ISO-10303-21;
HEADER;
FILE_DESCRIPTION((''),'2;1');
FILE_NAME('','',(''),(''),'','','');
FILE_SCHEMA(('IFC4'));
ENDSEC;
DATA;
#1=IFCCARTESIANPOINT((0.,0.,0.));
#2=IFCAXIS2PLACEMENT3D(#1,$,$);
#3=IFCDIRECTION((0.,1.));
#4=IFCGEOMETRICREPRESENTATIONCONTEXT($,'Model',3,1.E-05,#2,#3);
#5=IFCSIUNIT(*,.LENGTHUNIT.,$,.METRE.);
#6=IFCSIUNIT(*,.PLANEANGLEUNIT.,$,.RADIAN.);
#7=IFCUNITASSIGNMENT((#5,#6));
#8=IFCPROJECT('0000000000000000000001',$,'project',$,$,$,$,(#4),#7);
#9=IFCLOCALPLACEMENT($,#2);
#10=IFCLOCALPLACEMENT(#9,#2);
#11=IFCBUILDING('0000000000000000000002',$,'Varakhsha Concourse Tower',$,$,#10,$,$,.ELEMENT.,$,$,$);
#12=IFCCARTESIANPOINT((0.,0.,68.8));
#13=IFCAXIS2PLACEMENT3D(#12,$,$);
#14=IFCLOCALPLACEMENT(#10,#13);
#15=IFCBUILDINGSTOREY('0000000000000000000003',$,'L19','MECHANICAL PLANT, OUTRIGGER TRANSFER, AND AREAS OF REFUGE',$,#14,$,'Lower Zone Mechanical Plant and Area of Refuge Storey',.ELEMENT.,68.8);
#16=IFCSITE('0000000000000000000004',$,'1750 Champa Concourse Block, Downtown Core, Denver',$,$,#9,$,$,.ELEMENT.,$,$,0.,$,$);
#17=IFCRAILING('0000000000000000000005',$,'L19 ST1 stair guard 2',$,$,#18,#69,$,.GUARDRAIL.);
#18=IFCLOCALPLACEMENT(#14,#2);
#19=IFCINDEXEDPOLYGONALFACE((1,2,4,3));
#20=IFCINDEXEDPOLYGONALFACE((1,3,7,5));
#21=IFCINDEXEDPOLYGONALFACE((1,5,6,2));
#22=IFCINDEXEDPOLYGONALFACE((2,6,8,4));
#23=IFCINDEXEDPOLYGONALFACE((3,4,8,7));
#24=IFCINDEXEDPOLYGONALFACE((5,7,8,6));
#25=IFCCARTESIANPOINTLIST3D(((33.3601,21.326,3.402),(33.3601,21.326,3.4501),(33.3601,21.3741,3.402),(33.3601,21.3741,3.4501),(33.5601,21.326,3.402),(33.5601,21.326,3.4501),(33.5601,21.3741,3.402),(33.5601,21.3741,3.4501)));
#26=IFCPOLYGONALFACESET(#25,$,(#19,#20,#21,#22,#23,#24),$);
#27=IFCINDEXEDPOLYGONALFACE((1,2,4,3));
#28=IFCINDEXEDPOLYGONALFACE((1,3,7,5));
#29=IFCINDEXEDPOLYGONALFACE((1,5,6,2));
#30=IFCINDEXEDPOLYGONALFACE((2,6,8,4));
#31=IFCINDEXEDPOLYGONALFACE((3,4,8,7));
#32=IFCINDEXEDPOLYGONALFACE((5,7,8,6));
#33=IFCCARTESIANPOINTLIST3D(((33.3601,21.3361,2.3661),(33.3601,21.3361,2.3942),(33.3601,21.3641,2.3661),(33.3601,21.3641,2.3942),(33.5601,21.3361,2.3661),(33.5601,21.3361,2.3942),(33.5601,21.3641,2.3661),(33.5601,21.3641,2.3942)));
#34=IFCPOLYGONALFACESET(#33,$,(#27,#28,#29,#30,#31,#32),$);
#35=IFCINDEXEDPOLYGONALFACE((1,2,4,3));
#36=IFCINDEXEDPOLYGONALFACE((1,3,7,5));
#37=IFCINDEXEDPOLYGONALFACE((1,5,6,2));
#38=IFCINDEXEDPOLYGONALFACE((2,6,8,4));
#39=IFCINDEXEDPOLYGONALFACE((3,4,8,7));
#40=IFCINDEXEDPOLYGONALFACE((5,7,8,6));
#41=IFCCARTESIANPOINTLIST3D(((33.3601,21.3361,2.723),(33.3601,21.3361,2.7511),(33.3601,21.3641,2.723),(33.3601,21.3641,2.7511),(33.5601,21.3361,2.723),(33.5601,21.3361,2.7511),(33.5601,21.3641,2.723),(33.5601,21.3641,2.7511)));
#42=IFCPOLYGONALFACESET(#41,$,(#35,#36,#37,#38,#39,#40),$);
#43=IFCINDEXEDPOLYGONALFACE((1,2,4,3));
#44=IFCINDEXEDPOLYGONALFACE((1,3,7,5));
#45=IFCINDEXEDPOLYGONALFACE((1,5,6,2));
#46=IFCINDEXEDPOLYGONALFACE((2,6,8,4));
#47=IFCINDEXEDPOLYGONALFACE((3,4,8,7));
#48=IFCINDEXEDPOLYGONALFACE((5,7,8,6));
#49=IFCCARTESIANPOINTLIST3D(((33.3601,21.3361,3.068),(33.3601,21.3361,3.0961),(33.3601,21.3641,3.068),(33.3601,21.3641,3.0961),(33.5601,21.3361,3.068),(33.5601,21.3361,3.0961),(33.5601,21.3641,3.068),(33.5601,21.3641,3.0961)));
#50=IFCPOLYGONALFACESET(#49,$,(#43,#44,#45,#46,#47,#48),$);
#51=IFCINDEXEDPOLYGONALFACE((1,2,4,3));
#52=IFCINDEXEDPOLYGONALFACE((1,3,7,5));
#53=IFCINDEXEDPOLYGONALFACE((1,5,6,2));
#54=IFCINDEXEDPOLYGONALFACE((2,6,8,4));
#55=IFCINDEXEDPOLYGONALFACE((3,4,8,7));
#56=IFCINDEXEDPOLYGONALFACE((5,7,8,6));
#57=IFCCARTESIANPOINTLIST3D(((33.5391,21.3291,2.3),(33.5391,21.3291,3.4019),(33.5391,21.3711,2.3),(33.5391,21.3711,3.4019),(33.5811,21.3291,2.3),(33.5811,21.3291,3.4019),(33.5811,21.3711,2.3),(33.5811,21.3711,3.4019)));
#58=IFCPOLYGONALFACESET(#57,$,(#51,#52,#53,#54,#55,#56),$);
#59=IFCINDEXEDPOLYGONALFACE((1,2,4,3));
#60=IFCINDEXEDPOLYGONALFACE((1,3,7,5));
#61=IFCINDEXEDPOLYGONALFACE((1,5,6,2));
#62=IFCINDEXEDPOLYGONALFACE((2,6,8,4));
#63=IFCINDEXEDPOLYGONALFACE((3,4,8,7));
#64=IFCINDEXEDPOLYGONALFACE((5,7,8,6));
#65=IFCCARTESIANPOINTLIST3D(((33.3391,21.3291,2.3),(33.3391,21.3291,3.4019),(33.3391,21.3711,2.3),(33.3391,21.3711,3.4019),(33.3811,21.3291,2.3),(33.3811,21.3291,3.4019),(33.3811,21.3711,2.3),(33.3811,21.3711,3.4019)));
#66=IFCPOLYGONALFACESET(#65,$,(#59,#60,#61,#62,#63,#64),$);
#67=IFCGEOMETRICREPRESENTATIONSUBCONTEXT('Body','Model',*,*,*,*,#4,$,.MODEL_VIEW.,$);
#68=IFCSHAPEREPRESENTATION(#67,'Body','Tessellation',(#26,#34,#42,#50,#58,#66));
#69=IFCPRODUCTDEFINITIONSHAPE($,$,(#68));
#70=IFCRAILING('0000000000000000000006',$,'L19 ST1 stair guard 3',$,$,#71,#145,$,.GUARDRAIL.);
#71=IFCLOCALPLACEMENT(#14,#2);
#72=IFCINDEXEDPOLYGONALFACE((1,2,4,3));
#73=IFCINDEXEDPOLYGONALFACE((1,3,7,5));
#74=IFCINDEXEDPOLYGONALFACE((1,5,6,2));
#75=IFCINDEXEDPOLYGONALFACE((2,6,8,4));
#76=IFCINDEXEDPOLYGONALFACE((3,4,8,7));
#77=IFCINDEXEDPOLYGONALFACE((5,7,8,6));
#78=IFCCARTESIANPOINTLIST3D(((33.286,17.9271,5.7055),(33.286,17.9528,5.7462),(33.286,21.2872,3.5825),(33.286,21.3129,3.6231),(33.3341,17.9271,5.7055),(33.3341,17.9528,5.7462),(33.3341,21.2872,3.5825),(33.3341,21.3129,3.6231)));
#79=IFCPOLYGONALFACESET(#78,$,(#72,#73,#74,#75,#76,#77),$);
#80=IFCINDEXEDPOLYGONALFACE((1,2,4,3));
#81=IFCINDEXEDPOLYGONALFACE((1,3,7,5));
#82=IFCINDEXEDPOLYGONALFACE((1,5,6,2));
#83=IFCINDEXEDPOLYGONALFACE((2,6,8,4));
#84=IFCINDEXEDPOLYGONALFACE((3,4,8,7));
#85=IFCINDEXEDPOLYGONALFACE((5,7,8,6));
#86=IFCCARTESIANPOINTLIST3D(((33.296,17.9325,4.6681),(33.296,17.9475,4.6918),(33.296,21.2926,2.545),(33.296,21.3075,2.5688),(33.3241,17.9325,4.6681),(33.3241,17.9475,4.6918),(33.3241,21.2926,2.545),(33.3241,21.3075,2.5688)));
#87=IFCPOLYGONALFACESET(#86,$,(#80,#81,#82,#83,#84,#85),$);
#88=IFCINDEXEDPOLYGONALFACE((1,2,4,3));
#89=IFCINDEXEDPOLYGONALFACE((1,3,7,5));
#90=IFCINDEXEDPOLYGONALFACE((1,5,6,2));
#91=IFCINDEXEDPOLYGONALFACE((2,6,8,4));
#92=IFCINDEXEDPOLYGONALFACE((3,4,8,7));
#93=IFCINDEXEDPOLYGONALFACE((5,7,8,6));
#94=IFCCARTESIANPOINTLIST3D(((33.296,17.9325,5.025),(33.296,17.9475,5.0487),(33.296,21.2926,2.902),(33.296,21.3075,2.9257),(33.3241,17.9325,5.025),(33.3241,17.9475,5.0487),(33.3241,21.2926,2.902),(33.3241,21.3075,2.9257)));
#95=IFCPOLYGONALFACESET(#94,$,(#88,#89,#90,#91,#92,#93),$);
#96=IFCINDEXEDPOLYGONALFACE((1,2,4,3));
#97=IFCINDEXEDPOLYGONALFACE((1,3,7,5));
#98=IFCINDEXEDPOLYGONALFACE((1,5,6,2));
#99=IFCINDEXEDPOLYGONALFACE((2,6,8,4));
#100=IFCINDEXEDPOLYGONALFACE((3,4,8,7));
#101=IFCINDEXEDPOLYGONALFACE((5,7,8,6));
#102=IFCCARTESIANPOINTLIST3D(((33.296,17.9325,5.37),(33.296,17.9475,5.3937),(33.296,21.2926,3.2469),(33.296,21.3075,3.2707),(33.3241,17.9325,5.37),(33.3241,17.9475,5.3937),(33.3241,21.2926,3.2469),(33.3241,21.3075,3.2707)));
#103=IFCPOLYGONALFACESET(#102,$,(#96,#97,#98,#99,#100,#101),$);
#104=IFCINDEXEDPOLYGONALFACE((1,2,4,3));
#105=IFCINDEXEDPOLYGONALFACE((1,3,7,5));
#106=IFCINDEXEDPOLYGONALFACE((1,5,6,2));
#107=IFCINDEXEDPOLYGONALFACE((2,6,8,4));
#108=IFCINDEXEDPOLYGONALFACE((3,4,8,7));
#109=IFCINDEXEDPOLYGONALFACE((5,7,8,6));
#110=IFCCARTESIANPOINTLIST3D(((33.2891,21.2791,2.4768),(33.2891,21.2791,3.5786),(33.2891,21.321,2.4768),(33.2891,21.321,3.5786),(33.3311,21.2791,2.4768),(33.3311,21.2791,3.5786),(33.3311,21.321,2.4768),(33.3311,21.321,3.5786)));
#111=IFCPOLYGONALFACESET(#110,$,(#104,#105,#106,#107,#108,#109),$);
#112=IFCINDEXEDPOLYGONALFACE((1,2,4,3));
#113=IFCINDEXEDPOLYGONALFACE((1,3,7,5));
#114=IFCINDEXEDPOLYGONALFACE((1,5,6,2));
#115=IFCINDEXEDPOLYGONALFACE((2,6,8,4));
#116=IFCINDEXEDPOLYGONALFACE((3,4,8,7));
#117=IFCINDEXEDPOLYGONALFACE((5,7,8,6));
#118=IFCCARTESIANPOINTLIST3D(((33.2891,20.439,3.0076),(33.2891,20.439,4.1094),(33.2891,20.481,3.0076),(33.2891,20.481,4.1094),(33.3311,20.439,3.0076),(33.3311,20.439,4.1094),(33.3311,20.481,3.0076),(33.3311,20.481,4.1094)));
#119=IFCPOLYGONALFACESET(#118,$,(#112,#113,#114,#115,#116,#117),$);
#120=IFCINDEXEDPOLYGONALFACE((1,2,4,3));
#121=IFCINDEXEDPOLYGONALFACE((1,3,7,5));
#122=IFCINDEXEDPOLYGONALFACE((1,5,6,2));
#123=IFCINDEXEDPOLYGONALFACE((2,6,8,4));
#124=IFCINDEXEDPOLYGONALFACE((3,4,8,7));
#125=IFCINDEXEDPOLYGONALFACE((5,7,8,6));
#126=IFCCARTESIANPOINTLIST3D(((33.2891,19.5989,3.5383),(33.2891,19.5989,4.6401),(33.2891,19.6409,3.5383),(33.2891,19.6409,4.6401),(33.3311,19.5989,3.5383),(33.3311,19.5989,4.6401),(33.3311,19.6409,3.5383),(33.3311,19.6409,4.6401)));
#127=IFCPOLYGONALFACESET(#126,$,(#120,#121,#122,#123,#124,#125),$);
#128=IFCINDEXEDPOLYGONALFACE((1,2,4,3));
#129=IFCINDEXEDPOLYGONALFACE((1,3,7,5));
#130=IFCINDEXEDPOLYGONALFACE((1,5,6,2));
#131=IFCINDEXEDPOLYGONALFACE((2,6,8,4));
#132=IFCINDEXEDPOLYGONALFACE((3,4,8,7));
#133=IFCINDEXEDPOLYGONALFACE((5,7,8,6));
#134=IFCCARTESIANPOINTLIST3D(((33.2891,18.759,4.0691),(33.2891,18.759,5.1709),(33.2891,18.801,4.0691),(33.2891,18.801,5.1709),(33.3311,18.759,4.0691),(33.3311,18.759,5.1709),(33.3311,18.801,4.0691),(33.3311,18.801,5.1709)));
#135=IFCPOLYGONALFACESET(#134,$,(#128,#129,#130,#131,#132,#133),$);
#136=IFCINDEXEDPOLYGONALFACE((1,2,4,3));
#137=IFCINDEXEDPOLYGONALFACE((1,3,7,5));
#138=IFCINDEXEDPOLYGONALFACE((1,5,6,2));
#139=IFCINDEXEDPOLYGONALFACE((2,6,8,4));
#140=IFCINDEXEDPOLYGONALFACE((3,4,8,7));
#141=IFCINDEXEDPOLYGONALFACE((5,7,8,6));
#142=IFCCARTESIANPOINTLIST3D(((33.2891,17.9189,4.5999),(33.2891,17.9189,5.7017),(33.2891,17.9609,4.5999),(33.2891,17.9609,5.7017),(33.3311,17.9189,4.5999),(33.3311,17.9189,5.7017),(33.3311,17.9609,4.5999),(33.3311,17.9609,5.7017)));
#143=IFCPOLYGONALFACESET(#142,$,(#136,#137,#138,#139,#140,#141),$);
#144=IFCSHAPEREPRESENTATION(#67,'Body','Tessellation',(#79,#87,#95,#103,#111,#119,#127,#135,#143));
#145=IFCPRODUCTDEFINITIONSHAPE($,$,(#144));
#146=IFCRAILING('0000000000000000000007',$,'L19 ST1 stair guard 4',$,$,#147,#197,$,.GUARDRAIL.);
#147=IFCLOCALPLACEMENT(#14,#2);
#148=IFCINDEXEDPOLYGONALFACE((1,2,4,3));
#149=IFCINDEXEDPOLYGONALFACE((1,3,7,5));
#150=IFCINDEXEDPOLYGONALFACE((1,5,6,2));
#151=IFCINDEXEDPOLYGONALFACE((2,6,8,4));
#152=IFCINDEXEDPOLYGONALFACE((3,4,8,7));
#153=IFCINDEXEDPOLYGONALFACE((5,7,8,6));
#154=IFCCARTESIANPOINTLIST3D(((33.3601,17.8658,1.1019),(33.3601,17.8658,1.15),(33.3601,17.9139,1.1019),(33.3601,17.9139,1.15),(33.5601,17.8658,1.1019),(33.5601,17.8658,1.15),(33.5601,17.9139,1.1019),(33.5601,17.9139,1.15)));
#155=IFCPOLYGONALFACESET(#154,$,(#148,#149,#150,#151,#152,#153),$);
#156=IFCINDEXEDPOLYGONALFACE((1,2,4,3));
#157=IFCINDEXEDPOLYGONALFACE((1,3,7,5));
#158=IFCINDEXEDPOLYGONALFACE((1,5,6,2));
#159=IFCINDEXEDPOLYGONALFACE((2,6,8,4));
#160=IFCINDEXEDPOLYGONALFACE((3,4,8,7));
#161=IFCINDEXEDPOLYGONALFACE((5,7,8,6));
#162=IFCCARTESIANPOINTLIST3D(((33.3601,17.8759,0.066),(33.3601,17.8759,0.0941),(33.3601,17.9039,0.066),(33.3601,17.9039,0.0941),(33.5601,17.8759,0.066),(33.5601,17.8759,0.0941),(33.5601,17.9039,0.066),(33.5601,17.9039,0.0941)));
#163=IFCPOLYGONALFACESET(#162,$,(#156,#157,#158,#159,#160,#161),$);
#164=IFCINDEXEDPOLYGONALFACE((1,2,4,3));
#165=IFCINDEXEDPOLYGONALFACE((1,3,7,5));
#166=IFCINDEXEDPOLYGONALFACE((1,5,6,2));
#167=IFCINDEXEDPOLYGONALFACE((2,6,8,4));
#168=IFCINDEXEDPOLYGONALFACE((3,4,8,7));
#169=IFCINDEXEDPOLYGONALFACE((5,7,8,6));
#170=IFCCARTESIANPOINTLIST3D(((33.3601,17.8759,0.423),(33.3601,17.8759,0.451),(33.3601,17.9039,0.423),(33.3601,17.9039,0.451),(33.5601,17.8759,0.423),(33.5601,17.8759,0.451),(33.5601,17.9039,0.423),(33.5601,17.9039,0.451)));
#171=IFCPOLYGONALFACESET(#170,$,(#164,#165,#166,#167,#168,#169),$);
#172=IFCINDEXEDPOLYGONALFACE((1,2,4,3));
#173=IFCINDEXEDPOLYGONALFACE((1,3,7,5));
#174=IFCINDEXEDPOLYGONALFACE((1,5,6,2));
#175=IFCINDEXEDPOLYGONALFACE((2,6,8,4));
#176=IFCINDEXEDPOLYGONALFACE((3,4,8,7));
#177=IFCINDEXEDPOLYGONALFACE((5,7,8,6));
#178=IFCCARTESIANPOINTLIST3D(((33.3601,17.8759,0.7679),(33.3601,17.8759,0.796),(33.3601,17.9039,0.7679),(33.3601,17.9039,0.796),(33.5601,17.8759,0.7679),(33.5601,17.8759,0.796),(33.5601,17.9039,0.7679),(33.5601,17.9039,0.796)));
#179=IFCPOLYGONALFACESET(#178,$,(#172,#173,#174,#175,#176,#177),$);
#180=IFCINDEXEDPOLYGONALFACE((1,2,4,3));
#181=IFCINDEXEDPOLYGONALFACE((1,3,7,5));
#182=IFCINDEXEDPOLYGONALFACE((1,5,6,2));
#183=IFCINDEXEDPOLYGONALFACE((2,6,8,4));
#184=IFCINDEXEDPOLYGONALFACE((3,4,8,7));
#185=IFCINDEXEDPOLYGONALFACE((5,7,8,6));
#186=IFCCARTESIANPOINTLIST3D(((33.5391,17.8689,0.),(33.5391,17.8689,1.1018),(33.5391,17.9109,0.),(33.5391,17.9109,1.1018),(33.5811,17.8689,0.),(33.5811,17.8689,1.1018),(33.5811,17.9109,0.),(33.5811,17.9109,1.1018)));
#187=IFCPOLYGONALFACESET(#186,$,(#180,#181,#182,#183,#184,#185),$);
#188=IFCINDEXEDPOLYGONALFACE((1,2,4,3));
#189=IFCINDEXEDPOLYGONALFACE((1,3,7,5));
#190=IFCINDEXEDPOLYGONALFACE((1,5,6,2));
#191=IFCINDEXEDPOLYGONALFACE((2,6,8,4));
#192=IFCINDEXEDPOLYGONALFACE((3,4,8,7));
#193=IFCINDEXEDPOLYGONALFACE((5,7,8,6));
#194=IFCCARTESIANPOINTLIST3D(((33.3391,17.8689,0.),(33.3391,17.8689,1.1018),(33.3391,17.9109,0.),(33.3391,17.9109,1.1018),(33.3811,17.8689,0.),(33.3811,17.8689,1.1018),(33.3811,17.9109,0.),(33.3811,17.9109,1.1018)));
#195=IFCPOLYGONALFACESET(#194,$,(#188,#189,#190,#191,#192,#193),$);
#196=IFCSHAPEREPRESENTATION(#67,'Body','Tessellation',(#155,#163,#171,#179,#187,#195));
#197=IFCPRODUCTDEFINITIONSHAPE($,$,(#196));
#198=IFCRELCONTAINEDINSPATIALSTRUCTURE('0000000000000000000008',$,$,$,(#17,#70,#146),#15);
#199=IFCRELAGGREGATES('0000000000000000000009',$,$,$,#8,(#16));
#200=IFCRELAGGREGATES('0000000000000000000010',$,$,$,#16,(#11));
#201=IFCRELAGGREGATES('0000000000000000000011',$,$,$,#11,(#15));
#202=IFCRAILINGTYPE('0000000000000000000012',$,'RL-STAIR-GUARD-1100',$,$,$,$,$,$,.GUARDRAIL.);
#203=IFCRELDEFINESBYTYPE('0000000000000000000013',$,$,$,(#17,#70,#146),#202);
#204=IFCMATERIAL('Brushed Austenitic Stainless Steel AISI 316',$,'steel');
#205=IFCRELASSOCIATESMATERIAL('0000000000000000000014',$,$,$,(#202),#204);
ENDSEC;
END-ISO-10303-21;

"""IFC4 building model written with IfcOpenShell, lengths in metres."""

from ifc_helpers import new_model, si_unit, direction, frame, origin, origin_2d, place, context, subcontext, project, spatial, rectangle, extrude, material, type_object, element, save


model = new_model("IFC4")

# Units and contexts
model_context = context("Model", 3, precision=1e-05, world=origin(), true_north=direction((0.0, 1.0)))
body_context = subcontext(model_context, "Body", "Model", "MODEL_VIEW")
ifc_project = project(units=[si_unit("LENGTHUNIT", "METRE"), si_unit("PLANEANGLEUNIT", "RADIAN")], contexts=[model_context])

# Site, building, storey
site_placement = place(None, origin())
site = spatial("IfcSite", under=ifc_project, at=site_placement, Name="1750 Champa Concourse Block, Downtown Core, Denver", CompositionType="ELEMENT", RefElevation=0.0)
building_placement = place(site_placement, origin())
building = spatial("IfcBuilding", under=site, at=building_placement, Name="Varakhsha Concourse Tower", CompositionType="ELEMENT")
storey_placement = place(building_placement, frame((0.0, 0.0, 68.8)))
storey = spatial("IfcBuildingStorey", under=building, at=storey_placement, Name="L19", Description="MECHANICAL PLANT, OUTRIGGER TRANSFER, AND AREAS OF REFUGE", LongName="Lower Zone Mechanical Plant and Area of Refuge Storey", CompositionType="ELEMENT", Elevation=68.8)

# Railings
ifc_material_1 = material(Name="Brushed Austenitic Stainless Steel AISI 316", Category="steel")
railing_type_1 = type_object("IfcRailingType", Name="RL-STAIR-GUARD-1100", PredefinedType="GUARDRAIL", material=ifc_material_1)
railing_1_placement = place(storey_placement, frame((33.5601, 21.3501, 2.3)))
element("IfcRailing", 1, at=railing_1_placement, inside=storey, type_object=railing_type_1, Name="L19 ST1 stair guard 2", PredefinedType="GUARDRAIL", context=body_context, shape_type="SweptSolid", body=[
    extrude(rectangle(XDim=0.0481, YDim=0.0481, at=origin_2d()), frame((0.0, 0.0, 1.126), z_axis=(-1.0, 0.0, 0.0), x_axis=(0.0, -1.0, 0.0)), (0.0, 0.0, 1.0), 0.2),
    extrude(rectangle(XDim=0.0281, YDim=0.0281, at=origin_2d()), frame((0.0, 0.0, 0.0801), z_axis=(-1.0, 0.0, 0.0), x_axis=(0.0, -1.0, 0.0)), (0.0, 0.0, 1.0), 0.2),
    extrude(rectangle(XDim=0.0281, YDim=0.0281, at=origin_2d()), frame((0.0, 0.0, 0.437), z_axis=(-1.0, 0.0, 0.0), x_axis=(0.0, -1.0, 0.0)), (0.0, 0.0, 1.0), 0.2),
    extrude(rectangle(XDim=0.0281, YDim=0.0281, at=origin_2d()), frame((0.0, 0.0, 0.782), z_axis=(-1.0, 0.0, 0.0), x_axis=(0.0, -1.0, 0.0)), (0.0, 0.0, 1.0), 0.2),
    extrude(rectangle(XDim=0.042, YDim=0.042, at=origin_2d()), origin(), (0.0, 0.0, 1.0), 1.1018),
    extrude(rectangle(XDim=0.042, YDim=0.042, at=origin_2d()), frame((-0.2, 0.0, 0.0)), (0.0, 0.0, 1.0), 1.1018),
])
railing_2_placement = place(storey_placement, frame((33.3101, 21.3, 2.4768)))
element("IfcRailing", 2, at=railing_2_placement, inside=storey, type_object=railing_type_1, Name="L19 ST1 stair guard 3", PredefinedType="GUARDRAIL", context=body_context, shape_type="SweptSolid", body=[
    extrude(rectangle(XDim=0.0481, YDim=0.0481, at=origin_2d()), frame((0.0, 0.0, 1.126), z_axis=(0.0, -0.84539, 0.53415), x_axis=(1.0, 0.0, 0.0)), (0.0, 0.0, 1.0), 3.9746),
    extrude(rectangle(XDim=0.0281, YDim=0.0281, at=origin_2d()), frame((0.0, 0.0, 0.0801), z_axis=(0.0, -0.84539, 0.53415), x_axis=(1.0, 0.0, 0.0)), (0.0, 0.0, 1.0), 3.9746),
    extrude(rectangle(XDim=0.0281, YDim=0.0281, at=origin_2d()), frame((0.0, 0.0, 0.437), z_axis=(0.0, -0.84539, 0.53415), x_axis=(1.0, 0.0, 0.0)), (0.0, 0.0, 1.0), 3.9746),
    extrude(rectangle(XDim=0.0281, YDim=0.0281, at=origin_2d()), frame((0.0, 0.0, 0.782), z_axis=(0.0, -0.84539, 0.53415), x_axis=(1.0, 0.0, 0.0)), (0.0, 0.0, 1.0), 3.9746),
    extrude(rectangle(XDim=0.042, YDim=0.042, at=origin_2d()), origin(), (0.0, 0.0, 1.0), 1.1018),
    extrude(rectangle(XDim=0.042, YDim=0.042, at=origin_2d()), frame((0.0, -0.8401, 0.5308)), (0.0, 0.0, 1.0), 1.1018),
    extrude(rectangle(XDim=0.042, YDim=0.042, at=origin_2d()), frame((0.0, -1.6802, 1.0615)), (0.0, 0.0, 1.0), 1.1018),
    extrude(rectangle(XDim=0.042, YDim=0.042, at=origin_2d()), frame((0.0, -2.52, 1.5923)), (0.0, 0.0, 1.0), 1.1018),
    extrude(rectangle(XDim=0.042, YDim=0.042, at=origin_2d()), frame((0.0, -3.3601, 2.123)), (0.0, 0.0, 1.0), 1.1018),
])
railing_3_placement = place(storey_placement, frame((33.5601, 17.8899, 0.0)))
element("IfcRailing", 3, at=railing_3_placement, inside=storey, type_object=railing_type_1, Name="L19 ST1 stair guard 4", PredefinedType="GUARDRAIL", context=body_context, shape_type="SweptSolid", body=[
    extrude(rectangle(XDim=0.0481, YDim=0.0481, at=origin_2d()), frame((0.0, 0.0, 1.126), z_axis=(-1.0, 0.0, 0.0), x_axis=(0.0, -1.0, 0.0)), (0.0, 0.0, 1.0), 0.2),
    extrude(rectangle(XDim=0.0281, YDim=0.0281, at=origin_2d()), frame((0.0, 0.0, 0.0801), z_axis=(-1.0, 0.0, 0.0), x_axis=(0.0, -1.0, 0.0)), (0.0, 0.0, 1.0), 0.2),
    extrude(rectangle(XDim=0.0281, YDim=0.0281, at=origin_2d()), frame((0.0, 0.0, 0.437), z_axis=(-1.0, 0.0, 0.0), x_axis=(0.0, -1.0, 0.0)), (0.0, 0.0, 1.0), 0.2),
    extrude(rectangle(XDim=0.0281, YDim=0.0281, at=origin_2d()), frame((0.0, 0.0, 0.782), z_axis=(-1.0, 0.0, 0.0), x_axis=(0.0, -1.0, 0.0)), (0.0, 0.0, 1.0), 0.2),
    extrude(rectangle(XDim=0.042, YDim=0.042, at=origin_2d()), origin(), (0.0, 0.0, 1.0), 1.1018),
    extrude(rectangle(XDim=0.042, YDim=0.042, at=origin_2d()), frame((-0.2, 0.0, 0.0)), (0.0, 0.0, 1.0), 1.1018),
])

save(model, "model.ifc")
